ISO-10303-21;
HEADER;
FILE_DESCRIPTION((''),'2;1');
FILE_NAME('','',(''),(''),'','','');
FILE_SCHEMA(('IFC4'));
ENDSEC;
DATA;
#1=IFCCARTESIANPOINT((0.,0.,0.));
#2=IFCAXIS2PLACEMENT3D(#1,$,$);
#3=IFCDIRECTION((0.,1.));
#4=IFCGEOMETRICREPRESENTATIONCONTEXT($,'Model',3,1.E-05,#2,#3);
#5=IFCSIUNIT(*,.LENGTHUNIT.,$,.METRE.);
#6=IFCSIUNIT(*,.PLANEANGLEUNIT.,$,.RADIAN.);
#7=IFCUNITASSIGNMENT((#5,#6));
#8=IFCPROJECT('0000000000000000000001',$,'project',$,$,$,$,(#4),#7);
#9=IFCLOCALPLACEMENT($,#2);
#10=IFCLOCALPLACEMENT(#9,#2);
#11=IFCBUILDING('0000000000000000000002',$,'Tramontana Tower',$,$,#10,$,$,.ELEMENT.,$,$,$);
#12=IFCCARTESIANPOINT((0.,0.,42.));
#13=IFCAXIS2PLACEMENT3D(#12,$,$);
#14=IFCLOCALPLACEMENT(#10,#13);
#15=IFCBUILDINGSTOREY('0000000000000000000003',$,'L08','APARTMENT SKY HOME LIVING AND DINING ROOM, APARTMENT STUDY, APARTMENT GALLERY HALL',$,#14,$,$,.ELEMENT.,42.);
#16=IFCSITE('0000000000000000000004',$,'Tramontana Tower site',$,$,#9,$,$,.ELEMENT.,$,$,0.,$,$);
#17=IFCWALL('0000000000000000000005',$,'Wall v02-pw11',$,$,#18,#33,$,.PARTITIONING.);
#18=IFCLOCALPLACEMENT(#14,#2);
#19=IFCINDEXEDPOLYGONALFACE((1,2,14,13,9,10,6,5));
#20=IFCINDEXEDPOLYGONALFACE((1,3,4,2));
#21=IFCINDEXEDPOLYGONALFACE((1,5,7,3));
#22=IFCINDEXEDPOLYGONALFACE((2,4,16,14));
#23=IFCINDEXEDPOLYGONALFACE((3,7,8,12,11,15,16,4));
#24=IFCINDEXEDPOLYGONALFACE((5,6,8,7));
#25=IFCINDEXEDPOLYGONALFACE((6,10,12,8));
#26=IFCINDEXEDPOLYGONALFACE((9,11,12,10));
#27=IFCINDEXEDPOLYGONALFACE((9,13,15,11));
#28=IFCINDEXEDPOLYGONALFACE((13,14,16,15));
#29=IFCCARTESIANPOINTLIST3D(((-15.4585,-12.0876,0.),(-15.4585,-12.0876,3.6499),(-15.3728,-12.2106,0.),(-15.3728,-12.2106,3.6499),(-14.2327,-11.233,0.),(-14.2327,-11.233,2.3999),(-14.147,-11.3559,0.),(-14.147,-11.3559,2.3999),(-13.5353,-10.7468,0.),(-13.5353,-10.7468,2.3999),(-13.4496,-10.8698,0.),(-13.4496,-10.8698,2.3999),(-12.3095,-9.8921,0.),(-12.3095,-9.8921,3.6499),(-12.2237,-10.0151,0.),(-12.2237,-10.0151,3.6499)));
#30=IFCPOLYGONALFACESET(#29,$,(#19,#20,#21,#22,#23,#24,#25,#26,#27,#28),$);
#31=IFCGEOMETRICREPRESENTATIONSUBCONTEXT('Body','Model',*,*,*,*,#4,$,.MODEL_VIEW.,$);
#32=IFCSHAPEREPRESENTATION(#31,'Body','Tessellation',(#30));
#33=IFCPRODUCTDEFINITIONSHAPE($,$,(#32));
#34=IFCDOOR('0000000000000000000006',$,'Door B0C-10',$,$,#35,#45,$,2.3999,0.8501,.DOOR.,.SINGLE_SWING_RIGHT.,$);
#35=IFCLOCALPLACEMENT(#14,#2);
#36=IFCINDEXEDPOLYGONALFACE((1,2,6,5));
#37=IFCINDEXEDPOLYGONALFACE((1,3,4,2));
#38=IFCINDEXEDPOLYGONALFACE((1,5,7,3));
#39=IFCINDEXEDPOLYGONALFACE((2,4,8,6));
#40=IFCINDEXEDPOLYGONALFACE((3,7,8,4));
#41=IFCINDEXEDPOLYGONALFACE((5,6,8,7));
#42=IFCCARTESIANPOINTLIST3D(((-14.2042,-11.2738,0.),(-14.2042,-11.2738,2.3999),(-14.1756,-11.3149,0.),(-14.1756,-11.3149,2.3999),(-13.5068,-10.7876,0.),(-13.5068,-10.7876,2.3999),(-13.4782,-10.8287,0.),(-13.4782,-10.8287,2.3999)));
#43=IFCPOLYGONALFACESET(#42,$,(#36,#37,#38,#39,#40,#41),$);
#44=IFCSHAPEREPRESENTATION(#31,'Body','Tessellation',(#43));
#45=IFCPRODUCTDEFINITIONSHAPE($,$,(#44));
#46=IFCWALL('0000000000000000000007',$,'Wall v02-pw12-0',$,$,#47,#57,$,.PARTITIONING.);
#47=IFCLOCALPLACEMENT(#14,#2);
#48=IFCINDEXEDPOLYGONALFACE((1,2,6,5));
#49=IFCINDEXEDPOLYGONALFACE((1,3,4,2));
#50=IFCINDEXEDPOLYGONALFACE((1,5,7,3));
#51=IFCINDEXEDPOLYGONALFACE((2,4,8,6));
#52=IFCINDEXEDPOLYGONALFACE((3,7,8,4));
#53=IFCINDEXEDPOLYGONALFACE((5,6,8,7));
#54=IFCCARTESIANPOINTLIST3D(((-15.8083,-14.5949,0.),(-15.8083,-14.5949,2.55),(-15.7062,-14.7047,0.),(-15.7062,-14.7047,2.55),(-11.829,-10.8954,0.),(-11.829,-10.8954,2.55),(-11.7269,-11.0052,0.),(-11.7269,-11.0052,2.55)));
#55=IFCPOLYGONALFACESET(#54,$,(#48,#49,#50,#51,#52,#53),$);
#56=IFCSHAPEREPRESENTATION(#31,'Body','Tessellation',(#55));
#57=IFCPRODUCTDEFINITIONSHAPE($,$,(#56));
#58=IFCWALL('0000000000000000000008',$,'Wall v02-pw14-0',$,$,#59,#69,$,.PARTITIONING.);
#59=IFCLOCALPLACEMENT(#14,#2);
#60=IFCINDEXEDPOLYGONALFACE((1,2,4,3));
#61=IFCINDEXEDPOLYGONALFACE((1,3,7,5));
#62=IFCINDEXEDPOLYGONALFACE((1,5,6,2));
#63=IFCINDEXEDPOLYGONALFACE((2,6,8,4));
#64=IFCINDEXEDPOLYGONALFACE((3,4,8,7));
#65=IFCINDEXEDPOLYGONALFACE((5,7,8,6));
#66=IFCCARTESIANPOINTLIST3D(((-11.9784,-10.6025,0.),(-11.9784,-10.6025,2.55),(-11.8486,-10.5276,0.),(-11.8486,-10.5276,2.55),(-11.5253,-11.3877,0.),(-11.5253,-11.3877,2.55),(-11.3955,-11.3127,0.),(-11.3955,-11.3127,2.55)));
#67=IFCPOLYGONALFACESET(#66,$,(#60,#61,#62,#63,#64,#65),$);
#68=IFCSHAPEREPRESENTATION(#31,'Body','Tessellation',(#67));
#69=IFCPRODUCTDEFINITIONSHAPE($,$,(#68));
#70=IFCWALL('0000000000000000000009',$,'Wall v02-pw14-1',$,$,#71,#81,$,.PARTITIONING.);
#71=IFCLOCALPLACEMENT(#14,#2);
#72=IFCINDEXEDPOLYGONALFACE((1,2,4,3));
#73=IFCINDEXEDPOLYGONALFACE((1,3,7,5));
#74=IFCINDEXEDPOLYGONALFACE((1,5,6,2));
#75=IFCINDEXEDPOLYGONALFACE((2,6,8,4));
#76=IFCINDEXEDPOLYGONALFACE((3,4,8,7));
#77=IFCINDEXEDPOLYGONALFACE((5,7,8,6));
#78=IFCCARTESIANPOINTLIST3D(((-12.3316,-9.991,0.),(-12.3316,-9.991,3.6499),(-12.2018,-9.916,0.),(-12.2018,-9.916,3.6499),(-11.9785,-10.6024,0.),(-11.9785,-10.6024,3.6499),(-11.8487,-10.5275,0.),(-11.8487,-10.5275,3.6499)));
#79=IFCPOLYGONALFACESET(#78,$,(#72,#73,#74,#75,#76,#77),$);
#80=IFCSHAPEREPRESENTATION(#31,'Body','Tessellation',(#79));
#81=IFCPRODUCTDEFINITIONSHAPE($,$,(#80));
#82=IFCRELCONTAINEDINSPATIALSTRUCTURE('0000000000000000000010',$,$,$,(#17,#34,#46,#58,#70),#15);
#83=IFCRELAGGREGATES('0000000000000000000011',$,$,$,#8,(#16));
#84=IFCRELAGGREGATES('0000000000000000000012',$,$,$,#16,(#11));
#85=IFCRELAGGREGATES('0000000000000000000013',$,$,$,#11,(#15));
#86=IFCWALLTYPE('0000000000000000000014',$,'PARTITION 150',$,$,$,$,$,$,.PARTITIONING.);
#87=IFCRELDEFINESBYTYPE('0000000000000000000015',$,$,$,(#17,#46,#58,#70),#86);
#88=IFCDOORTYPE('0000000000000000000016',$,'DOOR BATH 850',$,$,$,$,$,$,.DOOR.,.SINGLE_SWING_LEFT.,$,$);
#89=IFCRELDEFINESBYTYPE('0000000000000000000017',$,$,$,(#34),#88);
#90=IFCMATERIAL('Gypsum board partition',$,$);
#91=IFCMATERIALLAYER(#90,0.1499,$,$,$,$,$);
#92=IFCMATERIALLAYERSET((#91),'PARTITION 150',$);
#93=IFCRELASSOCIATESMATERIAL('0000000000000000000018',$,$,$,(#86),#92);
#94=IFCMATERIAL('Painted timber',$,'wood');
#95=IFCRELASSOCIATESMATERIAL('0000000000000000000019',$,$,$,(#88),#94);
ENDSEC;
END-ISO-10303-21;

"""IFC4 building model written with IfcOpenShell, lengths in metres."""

from ifc_helpers import new_model, si_unit, direction, frame, frame_2d, origin, place, context, subcontext, project, spatial, rectangle, extrude, material, layer, layer_set, type_object, element, fill, save


model = new_model("IFC4")

# Units and contexts
model_context = context("Model", 3, precision=1e-05, world=origin(), true_north=direction((0.0, 1.0)))
body_context = subcontext(model_context, "Body", "Model", "MODEL_VIEW")
ifc_project = project(units=[si_unit("LENGTHUNIT", "METRE"), si_unit("PLANEANGLEUNIT", "RADIAN")], contexts=[model_context])

# Site, building, storey
site_placement = place(None, origin())
site = spatial("IfcSite", under=ifc_project, at=site_placement, Name="Tramontana Tower site", CompositionType="ELEMENT", RefElevation=0.0)
building_placement = place(site_placement, origin())
building = spatial("IfcBuilding", under=site, at=building_placement, Name="Tramontana Tower", CompositionType="ELEMENT")
storey_placement = place(building_placement, frame((0.0, 0.0, 42.0)))
storey = spatial("IfcBuildingStorey", under=building, at=storey_placement, Name="L08", Description="APARTMENT SKY HOME LIVING AND DINING ROOM, APARTMENT STUDY, APARTMENT GALLERY HALL", CompositionType="ELEMENT", Elevation=42.0)

# Wall, opening, door
ifc_material_1 = material(Name="Gypsum board partition")
ifc_layer_1 = layer(ifc_material_1, 0.1499)
ifc_layer_set_1 = layer_set([ifc_layer_1], Name="PARTITION 150")
wall_type_1 = type_object("IfcWallType", Name="PARTITION 150", PredefinedType="PARTITIONING", material=ifc_layer_set_1)
wall_1_placement = place(storey_placement, frame((-12.2666, -9.9536, 0.0), z_axis=(0.0, 0.0, 1.0), x_axis=(-0.820315, -0.571912, 0.0)))
wall_1 = element("IfcWall", 1, at=wall_1_placement, inside=storey, type_object=wall_type_1, Name="Wall v02-pw11", PredefinedType="PARTITIONING", context=body_context, shape_type="SweptSolid", body=[
    extrude(rectangle(XDim=3.8389, YDim=0.1499, at=frame_2d((1.9194, 0.0))), origin(), (0.0, 0.0, 1.0), 3.6499),
])
opening_1_placement = place(wall_1_placement, frame((1.4944, 0.0, 0.0)))
opening_1 = element("IfcOpeningElement", 2, at=opening_1_placement, cuts=wall_1, PredefinedType="OPENING", context=body_context, shape_type="SweptSolid", body=[
    extrude(rectangle(XDim=0.8501, YDim=2.3999, at=frame_2d((0.425, 1.2))), frame((0.0, 0.085, 0.0), z_axis=(0.0, -1.0, 0.0), x_axis=(1.0, 0.0, 0.0)), (0.0, 0.0, 1.0), 0.1699),
])
ifc_material_2 = material(Name="Painted timber", Category="wood")
door_type = type_object("IfcDoorType", Name="DOOR BATH 850", OperationType="SINGLE_SWING_LEFT", PredefinedType="DOOR", material=ifc_material_2)
door_placement = place(opening_1_placement, origin())
door = element("IfcDoor", 3, at=door_placement, inside=storey, type_object=door_type, Name="Door B0C-10", OperationType="SINGLE_SWING_RIGHT", OverallHeight=2.3999, OverallWidth=0.8501, PredefinedType="DOOR", context=body_context, shape_type="SweptSolid", body=[
    extrude(rectangle(XDim=0.8501, YDim=2.3999, at=frame_2d((0.425, 1.2))), frame((0.0, 0.0249, 0.0), z_axis=(0.0, -1.0, 0.0), x_axis=(1.0, 0.0, 0.0)), (0.0, 0.0, 1.0), 0.05),
])
fill(opening_1, door)

# Walls
wall_2_placement = place(storey_placement, frame((-11.7778, -10.9502, 0.0), z_axis=(0.0, 0.0, 1.0), x_axis=(-0.732385, -0.68089, 0.0)))
element("IfcWall", 4, at=wall_2_placement, inside=storey, type_object=wall_type_1, Name="Wall v02-pw12-0", PredefinedType="PARTITIONING", context=body_context, shape_type="SweptSolid", body=[
    extrude(rectangle(XDim=5.4333, YDim=0.1499, at=frame_2d((2.7168, 0.0))), origin(), (0.0, 0.0, 1.0), 2.55),
])
wall_3_placement = place(storey_placement, frame((-11.4604, -11.3501, 0.0), z_axis=(0.0, 0.0, 1.0), x_axis=(-0.499847, 0.866114, 0.0)))
element("IfcWall", 5, at=wall_3_placement, inside=storey, type_object=wall_type_1, Name="Wall v02-pw14-0", PredefinedType="PARTITIONING", context=body_context, shape_type="SweptSolid", body=[
    extrude(rectangle(XDim=0.9065, YDim=0.1499, at=frame_2d((0.4531, 0.0))), origin(), (0.0, 0.0, 1.0), 2.55),
])
wall_4_placement = place(storey_placement, frame((-11.9136, -10.5649, 0.0), z_axis=(0.0, 0.0, 1.0), x_axis=(-0.500082, 0.865978, 0.0)))
element("IfcWall", 6, at=wall_4_placement, inside=storey, type_object=wall_type_1, Name="Wall v02-pw14-1", PredefinedType="PARTITIONING", context=body_context, shape_type="SweptSolid", body=[
    extrude(rectangle(XDim=0.7061, YDim=0.1499, at=frame_2d((0.353, 0.0))), origin(), (0.0, 0.0, 1.0), 3.6499),
])

save(model, "model.ifc")
